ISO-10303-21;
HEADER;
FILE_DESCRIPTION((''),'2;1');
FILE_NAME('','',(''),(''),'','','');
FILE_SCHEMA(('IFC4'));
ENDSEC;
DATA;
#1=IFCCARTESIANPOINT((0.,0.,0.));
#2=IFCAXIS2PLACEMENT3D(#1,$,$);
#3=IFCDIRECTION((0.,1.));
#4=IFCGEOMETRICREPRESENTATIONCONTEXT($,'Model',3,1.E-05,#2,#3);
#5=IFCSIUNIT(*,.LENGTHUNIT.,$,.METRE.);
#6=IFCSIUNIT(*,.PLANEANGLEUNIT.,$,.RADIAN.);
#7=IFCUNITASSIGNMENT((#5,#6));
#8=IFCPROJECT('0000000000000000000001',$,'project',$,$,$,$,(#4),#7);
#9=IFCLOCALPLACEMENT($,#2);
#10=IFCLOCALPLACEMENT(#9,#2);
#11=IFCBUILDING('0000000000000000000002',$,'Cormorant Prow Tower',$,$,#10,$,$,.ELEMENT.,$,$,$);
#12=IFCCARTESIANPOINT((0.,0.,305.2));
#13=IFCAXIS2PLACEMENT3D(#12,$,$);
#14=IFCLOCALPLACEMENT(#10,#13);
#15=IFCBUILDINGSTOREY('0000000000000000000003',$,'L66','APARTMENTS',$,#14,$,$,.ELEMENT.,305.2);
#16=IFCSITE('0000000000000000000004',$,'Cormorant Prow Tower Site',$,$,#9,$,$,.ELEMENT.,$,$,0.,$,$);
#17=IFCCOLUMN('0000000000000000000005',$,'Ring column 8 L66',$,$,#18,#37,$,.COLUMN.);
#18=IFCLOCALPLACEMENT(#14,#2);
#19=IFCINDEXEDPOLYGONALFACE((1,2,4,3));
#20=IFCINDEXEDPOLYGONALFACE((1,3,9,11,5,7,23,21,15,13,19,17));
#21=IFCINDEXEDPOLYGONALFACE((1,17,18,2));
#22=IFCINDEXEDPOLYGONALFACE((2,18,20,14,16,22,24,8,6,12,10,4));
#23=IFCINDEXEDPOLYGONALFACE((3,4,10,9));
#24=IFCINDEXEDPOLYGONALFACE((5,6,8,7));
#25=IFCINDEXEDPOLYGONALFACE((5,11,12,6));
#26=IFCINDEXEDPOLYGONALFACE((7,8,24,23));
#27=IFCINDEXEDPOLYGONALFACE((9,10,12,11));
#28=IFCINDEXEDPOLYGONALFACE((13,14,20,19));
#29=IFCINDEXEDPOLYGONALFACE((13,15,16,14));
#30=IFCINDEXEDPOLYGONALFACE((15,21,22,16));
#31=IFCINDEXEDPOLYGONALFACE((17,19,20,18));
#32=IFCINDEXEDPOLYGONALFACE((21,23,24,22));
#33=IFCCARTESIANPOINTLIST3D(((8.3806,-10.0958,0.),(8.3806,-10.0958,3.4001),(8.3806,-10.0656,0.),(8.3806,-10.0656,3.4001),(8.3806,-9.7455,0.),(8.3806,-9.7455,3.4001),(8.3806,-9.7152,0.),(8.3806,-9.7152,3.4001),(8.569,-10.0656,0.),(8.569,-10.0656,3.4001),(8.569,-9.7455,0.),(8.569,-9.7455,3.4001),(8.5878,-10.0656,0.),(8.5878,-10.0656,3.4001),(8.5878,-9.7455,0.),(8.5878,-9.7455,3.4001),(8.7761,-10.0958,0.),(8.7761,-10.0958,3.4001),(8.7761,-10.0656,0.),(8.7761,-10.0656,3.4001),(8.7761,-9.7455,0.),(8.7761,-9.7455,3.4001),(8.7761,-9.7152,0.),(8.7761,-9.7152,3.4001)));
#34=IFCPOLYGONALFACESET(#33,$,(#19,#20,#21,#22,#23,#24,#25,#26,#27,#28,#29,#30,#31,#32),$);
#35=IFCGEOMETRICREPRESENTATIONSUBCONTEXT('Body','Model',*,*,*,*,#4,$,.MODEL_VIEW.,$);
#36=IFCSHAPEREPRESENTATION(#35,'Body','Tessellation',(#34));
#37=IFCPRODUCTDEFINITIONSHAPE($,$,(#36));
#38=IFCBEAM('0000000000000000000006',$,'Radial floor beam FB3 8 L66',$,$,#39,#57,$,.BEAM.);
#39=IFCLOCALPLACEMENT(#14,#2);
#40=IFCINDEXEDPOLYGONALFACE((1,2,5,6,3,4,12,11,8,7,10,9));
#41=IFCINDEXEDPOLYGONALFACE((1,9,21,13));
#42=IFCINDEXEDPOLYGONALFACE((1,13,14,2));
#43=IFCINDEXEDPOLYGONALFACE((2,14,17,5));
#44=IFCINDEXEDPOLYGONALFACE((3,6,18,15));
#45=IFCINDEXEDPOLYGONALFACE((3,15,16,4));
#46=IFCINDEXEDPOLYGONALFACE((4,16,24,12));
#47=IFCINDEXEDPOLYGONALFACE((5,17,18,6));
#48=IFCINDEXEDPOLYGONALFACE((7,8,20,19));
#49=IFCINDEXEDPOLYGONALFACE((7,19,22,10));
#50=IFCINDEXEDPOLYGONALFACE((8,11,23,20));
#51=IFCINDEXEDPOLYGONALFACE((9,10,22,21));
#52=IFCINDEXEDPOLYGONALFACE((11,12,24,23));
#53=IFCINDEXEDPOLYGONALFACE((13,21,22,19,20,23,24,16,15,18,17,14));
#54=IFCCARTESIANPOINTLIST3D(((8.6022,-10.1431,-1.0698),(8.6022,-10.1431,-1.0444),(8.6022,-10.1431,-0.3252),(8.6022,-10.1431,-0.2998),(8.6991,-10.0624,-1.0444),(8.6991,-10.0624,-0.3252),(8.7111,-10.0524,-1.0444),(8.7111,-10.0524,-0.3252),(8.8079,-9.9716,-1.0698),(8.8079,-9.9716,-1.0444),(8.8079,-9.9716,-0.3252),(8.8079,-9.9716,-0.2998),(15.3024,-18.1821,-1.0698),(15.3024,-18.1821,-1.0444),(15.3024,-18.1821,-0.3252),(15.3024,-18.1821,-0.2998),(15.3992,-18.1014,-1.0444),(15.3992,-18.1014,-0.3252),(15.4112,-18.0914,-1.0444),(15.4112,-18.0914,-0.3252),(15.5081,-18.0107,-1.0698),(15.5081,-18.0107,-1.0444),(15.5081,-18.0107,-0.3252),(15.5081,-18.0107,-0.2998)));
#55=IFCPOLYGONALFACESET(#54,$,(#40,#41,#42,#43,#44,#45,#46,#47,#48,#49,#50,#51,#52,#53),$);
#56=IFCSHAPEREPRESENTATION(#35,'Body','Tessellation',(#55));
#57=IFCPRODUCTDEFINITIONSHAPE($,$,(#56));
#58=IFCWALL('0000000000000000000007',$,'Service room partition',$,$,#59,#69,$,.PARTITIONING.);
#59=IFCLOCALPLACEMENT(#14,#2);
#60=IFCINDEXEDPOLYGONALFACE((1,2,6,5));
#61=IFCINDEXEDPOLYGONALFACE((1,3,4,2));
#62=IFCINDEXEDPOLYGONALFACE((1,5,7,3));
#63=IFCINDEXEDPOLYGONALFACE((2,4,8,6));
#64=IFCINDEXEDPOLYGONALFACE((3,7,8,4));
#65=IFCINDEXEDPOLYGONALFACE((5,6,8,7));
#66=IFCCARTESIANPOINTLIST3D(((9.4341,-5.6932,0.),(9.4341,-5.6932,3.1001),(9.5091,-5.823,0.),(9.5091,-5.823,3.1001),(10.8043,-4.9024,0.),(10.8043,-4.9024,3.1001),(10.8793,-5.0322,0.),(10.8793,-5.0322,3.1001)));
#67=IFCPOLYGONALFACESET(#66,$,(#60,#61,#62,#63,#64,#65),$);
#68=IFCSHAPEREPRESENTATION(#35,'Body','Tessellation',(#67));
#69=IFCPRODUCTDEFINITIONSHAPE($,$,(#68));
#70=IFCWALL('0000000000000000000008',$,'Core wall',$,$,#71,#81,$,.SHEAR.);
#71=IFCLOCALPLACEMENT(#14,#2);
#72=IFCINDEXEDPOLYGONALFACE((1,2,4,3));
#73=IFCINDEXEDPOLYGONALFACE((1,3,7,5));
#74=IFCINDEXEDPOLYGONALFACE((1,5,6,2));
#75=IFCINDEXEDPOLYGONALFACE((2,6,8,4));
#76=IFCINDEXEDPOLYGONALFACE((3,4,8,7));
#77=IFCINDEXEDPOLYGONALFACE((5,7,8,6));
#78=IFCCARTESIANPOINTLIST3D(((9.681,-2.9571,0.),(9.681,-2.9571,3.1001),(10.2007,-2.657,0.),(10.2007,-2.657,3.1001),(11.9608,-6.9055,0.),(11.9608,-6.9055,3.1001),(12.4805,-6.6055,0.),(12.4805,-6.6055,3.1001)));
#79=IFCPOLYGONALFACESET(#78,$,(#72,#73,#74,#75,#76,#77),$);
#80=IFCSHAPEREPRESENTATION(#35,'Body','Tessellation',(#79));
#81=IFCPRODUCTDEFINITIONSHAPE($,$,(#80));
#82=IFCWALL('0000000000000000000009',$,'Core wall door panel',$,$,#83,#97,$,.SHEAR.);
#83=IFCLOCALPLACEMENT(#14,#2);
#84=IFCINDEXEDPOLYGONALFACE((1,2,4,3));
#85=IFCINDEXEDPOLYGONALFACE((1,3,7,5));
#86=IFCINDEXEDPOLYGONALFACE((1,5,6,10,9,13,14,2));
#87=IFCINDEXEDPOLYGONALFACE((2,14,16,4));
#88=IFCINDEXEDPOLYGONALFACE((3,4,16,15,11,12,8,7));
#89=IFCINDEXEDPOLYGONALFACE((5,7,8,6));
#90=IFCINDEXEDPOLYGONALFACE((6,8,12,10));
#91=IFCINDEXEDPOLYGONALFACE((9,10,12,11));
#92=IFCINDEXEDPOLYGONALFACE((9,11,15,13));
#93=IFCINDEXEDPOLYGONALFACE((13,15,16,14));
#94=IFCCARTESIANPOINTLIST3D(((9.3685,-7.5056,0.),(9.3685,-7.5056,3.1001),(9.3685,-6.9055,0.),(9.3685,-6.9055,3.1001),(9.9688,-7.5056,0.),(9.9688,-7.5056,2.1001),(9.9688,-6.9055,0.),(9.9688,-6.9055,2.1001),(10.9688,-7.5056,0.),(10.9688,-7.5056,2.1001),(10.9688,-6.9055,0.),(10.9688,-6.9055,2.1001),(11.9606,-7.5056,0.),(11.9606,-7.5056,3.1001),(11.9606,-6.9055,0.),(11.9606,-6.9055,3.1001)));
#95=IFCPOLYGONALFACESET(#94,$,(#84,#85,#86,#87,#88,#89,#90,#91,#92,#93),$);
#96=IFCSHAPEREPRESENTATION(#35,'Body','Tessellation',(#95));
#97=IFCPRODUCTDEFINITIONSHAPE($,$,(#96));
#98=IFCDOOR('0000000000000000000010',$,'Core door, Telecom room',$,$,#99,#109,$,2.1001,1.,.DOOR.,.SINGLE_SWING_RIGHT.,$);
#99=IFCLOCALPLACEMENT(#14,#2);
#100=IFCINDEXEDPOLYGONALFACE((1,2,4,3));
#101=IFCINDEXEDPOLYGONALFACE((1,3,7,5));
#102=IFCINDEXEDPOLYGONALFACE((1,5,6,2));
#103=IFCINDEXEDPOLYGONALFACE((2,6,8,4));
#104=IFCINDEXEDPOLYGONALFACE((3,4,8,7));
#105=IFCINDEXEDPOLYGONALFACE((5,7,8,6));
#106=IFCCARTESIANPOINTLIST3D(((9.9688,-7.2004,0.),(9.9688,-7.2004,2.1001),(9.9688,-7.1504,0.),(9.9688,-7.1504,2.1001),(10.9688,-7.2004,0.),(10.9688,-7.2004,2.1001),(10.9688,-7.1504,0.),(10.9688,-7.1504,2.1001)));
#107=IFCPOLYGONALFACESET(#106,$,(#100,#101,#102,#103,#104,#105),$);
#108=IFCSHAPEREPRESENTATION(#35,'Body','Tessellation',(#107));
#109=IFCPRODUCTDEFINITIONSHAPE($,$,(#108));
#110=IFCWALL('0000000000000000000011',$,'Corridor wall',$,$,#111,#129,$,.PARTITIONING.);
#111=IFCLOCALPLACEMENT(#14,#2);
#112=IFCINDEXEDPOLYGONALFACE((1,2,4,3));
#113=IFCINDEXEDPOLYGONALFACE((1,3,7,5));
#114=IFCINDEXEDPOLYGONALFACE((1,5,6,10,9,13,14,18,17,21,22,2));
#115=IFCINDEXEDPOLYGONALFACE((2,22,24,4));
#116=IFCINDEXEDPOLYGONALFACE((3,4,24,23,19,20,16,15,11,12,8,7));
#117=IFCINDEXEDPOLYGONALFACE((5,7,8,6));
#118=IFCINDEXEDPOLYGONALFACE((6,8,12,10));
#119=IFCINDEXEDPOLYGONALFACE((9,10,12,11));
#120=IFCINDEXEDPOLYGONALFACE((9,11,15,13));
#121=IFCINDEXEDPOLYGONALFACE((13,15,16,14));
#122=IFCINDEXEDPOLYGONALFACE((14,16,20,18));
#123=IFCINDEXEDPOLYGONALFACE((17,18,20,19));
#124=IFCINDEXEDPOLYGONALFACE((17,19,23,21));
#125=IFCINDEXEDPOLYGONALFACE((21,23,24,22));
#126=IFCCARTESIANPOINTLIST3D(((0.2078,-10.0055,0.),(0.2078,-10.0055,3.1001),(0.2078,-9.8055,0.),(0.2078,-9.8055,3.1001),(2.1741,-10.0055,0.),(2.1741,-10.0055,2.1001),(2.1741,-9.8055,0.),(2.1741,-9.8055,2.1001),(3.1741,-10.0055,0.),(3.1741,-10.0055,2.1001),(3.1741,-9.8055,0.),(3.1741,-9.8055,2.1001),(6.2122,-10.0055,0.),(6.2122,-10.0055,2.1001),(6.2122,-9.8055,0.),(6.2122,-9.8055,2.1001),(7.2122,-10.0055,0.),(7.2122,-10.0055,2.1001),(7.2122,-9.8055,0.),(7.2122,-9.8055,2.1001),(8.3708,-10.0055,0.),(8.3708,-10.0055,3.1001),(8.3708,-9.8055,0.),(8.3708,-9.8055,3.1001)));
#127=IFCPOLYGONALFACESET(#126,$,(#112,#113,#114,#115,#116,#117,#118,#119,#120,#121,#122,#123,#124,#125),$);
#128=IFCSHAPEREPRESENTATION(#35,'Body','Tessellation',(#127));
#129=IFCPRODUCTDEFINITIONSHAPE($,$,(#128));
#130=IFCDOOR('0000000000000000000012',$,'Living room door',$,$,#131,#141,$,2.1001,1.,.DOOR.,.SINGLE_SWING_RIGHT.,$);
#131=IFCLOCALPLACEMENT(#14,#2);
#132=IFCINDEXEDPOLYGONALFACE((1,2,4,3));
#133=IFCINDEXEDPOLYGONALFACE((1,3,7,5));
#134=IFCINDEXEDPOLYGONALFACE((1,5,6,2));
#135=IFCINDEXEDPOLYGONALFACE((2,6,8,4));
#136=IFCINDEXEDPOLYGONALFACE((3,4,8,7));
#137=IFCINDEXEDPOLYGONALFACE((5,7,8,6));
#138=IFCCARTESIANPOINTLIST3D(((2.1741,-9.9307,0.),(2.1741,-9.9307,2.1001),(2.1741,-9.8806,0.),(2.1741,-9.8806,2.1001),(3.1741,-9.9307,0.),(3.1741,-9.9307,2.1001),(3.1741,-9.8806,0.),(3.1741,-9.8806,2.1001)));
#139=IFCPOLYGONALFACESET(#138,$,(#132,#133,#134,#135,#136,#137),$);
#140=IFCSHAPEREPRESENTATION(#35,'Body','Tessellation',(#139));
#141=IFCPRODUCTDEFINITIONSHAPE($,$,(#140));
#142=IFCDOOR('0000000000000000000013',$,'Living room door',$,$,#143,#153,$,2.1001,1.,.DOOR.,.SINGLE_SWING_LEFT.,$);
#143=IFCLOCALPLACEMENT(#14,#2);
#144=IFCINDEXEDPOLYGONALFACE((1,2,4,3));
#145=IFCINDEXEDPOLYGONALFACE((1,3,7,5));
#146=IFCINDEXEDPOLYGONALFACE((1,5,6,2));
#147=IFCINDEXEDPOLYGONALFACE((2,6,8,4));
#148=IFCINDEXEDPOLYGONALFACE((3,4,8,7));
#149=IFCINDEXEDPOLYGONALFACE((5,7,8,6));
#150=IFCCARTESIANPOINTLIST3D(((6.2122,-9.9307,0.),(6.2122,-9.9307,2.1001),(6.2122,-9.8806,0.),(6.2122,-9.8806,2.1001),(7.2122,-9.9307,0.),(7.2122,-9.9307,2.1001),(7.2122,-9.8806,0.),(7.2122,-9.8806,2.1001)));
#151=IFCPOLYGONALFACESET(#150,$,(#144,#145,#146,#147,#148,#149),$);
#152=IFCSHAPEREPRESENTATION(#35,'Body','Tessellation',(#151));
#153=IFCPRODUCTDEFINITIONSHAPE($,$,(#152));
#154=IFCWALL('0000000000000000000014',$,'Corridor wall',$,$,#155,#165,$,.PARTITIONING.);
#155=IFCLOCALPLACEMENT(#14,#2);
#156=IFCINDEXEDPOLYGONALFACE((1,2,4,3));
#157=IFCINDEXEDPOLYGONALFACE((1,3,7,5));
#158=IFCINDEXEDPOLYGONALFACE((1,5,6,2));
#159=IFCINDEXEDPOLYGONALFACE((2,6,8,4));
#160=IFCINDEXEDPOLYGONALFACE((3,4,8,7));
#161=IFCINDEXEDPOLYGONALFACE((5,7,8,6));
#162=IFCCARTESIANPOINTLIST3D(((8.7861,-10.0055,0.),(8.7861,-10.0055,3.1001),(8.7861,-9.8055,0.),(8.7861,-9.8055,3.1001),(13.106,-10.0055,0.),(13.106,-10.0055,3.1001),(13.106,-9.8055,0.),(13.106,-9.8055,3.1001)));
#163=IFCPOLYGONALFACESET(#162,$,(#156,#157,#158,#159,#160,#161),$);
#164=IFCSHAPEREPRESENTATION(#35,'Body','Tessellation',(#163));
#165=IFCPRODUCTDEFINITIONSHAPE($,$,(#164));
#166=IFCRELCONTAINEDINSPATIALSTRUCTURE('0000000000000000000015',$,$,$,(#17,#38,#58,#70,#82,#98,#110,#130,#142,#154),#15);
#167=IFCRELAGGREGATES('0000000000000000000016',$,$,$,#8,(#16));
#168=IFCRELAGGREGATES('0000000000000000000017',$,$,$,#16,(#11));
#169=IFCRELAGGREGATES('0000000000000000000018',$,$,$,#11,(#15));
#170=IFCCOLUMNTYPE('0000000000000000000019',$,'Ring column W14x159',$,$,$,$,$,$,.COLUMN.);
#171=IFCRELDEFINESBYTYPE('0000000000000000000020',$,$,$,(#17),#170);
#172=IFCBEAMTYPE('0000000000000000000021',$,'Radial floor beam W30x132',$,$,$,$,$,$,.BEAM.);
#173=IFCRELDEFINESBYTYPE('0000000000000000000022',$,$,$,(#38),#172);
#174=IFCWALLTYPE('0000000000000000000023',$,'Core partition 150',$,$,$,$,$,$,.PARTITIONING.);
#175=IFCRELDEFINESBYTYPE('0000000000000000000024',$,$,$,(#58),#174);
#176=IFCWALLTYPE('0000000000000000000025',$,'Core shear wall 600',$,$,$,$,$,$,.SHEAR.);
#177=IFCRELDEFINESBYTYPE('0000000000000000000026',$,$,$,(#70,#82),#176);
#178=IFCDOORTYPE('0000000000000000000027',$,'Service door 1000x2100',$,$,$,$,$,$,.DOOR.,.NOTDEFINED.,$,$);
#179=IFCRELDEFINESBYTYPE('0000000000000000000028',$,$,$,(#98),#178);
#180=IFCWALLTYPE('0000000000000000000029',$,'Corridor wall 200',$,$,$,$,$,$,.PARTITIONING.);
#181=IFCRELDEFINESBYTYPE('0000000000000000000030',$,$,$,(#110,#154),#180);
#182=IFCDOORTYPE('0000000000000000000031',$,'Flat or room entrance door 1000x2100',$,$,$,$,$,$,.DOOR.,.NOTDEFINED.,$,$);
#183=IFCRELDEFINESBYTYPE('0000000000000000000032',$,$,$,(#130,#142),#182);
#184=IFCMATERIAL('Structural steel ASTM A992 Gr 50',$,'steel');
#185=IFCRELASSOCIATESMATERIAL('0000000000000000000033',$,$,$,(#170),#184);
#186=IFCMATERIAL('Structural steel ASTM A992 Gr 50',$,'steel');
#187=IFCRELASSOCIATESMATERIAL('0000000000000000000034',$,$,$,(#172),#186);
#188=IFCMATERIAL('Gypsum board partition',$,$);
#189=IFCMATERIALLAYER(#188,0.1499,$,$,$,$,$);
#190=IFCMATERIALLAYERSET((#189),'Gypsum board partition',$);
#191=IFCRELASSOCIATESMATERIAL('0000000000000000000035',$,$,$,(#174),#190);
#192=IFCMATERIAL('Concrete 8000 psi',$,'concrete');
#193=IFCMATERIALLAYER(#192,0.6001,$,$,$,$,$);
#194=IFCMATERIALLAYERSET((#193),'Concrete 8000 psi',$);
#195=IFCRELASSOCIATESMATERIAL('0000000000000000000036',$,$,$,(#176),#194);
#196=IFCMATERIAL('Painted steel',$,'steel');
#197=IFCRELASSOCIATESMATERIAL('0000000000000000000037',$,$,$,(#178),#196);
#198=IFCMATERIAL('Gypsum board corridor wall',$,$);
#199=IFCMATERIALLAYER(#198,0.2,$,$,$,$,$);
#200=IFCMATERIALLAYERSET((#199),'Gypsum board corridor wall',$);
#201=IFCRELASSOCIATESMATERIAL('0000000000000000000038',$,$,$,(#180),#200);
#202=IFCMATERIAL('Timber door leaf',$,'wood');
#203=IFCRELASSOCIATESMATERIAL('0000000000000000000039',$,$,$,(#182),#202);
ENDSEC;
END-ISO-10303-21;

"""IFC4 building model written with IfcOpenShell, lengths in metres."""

from ifc_helpers import new_model, si_unit, direction, frame, frame_2d, origin, origin_2d, place, context, subcontext, project, spatial, rectangle, i_section, extrude, material, layer, layer_set, material_profile, profile_set, type_object, element, fill, save


model = new_model("IFC4")

# Units and contexts
model_context = context("Model", 3, precision=1e-05, world=origin(), true_north=direction((0.0, 1.0)))
body_context = subcontext(model_context, "Body", "Model", "MODEL_VIEW")
ifc_project = project(units=[si_unit("LENGTHUNIT", "METRE"), si_unit("PLANEANGLEUNIT", "RADIAN")], contexts=[model_context])

# Site, building, storey
site_placement = place(None, origin())
site = spatial("IfcSite", under=ifc_project, at=site_placement, Name="Cormorant Prow Tower Site", CompositionType="ELEMENT", RefElevation=0.0)
building_placement = place(site_placement, origin())
building = spatial("IfcBuilding", under=site, at=building_placement, Name="Cormorant Prow Tower", CompositionType="ELEMENT")
storey_placement = place(building_placement, frame((0.0, 0.0, 305.2)))
storey = spatial("IfcBuildingStorey", under=building, at=storey_placement, Name="L66", Description="APARTMENTS", CompositionType="ELEMENT", Elevation=305.2)

# Column
ifc_material_1 = material(Name="Structural steel ASTM A992 Gr 50", Category="steel")
ifc_material_profile_1 = material_profile(ifc_material_1, i_section(OverallWidth=0.3955, OverallDepth=0.3806, WebThickness=0.0188, FlangeThickness=0.0303, at=origin_2d()), Name="W14x159")
ifc_profile_set_1 = profile_set([ifc_material_profile_1], Name="Structural steel ASTM A992 Gr 50")
column_type = type_object("IfcColumnType", Name="Ring column W14x159", PredefinedType="COLUMN", material=ifc_profile_set_1)
column_placement = place(storey_placement, frame((8.5784, -9.9055, 0.0), z_axis=(0.0, 0.0, 1.0), x_axis=(1.0, 0.0, 0.0)))
element("IfcColumn", 1, at=column_placement, inside=storey, type_object=column_type, Name="Ring column 8 L66", PredefinedType="COLUMN", context=body_context, shape_type="SweptSolid", body=[
    extrude(i_section(OverallWidth=0.3955, OverallDepth=0.3806, WebThickness=0.0188, FlangeThickness=0.0303, at=origin_2d()), origin(), (0.0, 0.0, 1.0), 3.4001),
])

# Beam
ifc_material_2 = material(Name="Structural steel ASTM A992 Gr 50", Category="steel")
ifc_material_profile_2 = material_profile(ifc_material_2, i_section(OverallWidth=0.2678, OverallDepth=0.77, WebThickness=0.0156, FlangeThickness=0.0254, at=origin_2d()), Name="W30x132")
ifc_profile_set_2 = profile_set([ifc_material_profile_2], Name="Structural steel ASTM A992 Gr 50")
beam_type = type_object("IfcBeamType", Name="Radial floor beam W30x132", PredefinedType="BEAM", material=ifc_profile_set_2)
beam_placement = place(storey_placement, frame((8.7051, -10.0574, -0.6848), z_axis=(0.640239, -0.768175, 0.0), x_axis=(0.768175, 0.640239, 0.0)))
element("IfcBeam", 2, at=beam_placement, inside=storey, type_object=beam_type, Name="Radial floor beam FB3 8 L66", PredefinedType="BEAM", context=body_context, shape_type="SweptSolid", body=[
    extrude(i_section(OverallWidth=0.2678, OverallDepth=0.77, WebThickness=0.0156, FlangeThickness=0.0254, at=origin_2d()), origin(), (0.0, 0.0, 1.0), 10.4651),
])

# Walls
ifc_material_3 = material(Name="Gypsum board partition")
ifc_layer_1 = layer(ifc_material_3, 0.1499)
ifc_layer_set_1 = layer_set([ifc_layer_1], Name="Gypsum board partition")
wall_type_1 = type_object("IfcWallType", Name="Core partition 150", PredefinedType="PARTITIONING", material=ifc_layer_set_1)
wall_1_placement = place(storey_placement, frame((10.8418, -4.9673, 0.0), z_axis=(0.0, 0.0, 1.0), x_axis=(-0.866098, -0.499874, 0.0)))
element("IfcWall", 3, at=wall_1_placement, inside=storey, type_object=wall_type_1, Name="Service room partition", PredefinedType="PARTITIONING", context=body_context, shape_type="SweptSolid", body=[
    extrude(rectangle(XDim=1.582, YDim=0.1499, at=frame_2d((0.791, 0.0))), origin(), (0.0, 0.0, 1.0), 3.1001),
])
ifc_material_4 = material(Name="Concrete 8000 psi", Category="concrete")
ifc_layer_2 = layer(ifc_material_4, 0.6001)
ifc_layer_set_2 = layer_set([ifc_layer_2], Name="Concrete 8000 psi")
wall_type_2 = type_object("IfcWallType", Name="Core shear wall 600", PredefinedType="SHEAR", material=ifc_layer_set_2)
wall_2_placement = place(storey_placement, frame((12.2207, -6.7556, 0.0), z_axis=(0.0, 0.0, 1.0), x_axis=(-0.500021, 0.866013, 0.0)))
element("IfcWall", 4, at=wall_2_placement, inside=storey, type_object=wall_type_2, Name="Core wall", PredefinedType="SHEAR", context=body_context, shape_type="SweptSolid", body=[
    extrude(rectangle(XDim=4.5593, YDim=0.6001, at=frame_2d((2.2798, 0.0))), origin(), (0.0, 0.0, 1.0), 3.1001),
])

# Wall, opening, door
wall_3_placement = place(storey_placement, frame((9.3687, -7.2056, 0.0), z_axis=(0.0, 0.0, 1.0), x_axis=(1.0, 0.0, 0.0)))
wall_3 = element("IfcWall", 5, at=wall_3_placement, inside=storey, type_object=wall_type_2, Name="Core wall door panel", PredefinedType="SHEAR", context=body_context, shape_type="SweptSolid", body=[
    extrude(rectangle(XDim=2.592, YDim=0.6001, at=frame_2d((1.2959, 0.0))), origin(), (0.0, 0.0, 1.0), 3.1001),
])
opening_1_placement = place(wall_3_placement, frame((0.6001, 0.0, 0.0)))
opening_1 = element("IfcOpeningElement", 6, at=opening_1_placement, cuts=wall_3, PredefinedType="OPENING", context=body_context, shape_type="SweptSolid", body=[
    extrude(rectangle(XDim=1.0, YDim=2.1001, at=frame_2d((0.5, 1.05))), frame((0.0, 0.3101, 0.0), z_axis=(0.0, -1.0, 0.0), x_axis=(1.0, 0.0, 0.0)), (0.0, 0.0, 1.0), 0.6201),
])
ifc_material_5 = material(Name="Painted steel", Category="steel")
door_type_1 = type_object("IfcDoorType", Name="Service door 1000x2100", OperationType="NOTDEFINED", PredefinedType="DOOR", material=ifc_material_5)
door_1_placement = place(opening_1_placement, origin())
door_1 = element("IfcDoor", 7, at=door_1_placement, inside=storey, type_object=door_type_1, Name="Core door, Telecom room", OperationType="SINGLE_SWING_RIGHT", OverallHeight=2.1001, OverallWidth=1.0, PredefinedType="DOOR", context=body_context, shape_type="SweptSolid", body=[
    extrude(rectangle(XDim=1.0, YDim=2.1001, at=frame_2d((0.5, 1.05))), frame((0.0, 0.0552, 0.0), z_axis=(0.0, -1.0, 0.0), x_axis=(1.0, 0.0, 0.0)), (0.0, 0.0, 1.0), 0.05),
])
fill(opening_1, door_1)

# Wall, openings, doors
ifc_material_6 = material(Name="Gypsum board corridor wall")
ifc_layer_3 = layer(ifc_material_6, 0.2)
ifc_layer_set_3 = layer_set([ifc_layer_3], Name="Gypsum board corridor wall")
wall_type_3 = type_object("IfcWallType", Name="Corridor wall 200", PredefinedType="PARTITIONING", material=ifc_layer_set_3)
wall_4_placement = place(storey_placement, frame((0.2078, -9.9055, 0.0), z_axis=(0.0, 0.0, 1.0), x_axis=(1.0, 0.0, 0.0)))
wall_4 = element("IfcWall", 8, at=wall_4_placement, inside=storey, type_object=wall_type_3, Name="Corridor wall", PredefinedType="PARTITIONING", context=body_context, shape_type="SweptSolid", body=[
    extrude(rectangle(XDim=8.1631, YDim=0.2, at=frame_2d((4.0815, 0.0))), origin(), (0.0, 0.0, 1.0), 3.1001),
])
opening_2_placement = place(wall_4_placement, frame((1.9663, 0.0, 0.0)))
opening_2 = element("IfcOpeningElement", 9, at=opening_2_placement, cuts=wall_4, PredefinedType="OPENING", context=body_context, shape_type="SweptSolid", body=[
    extrude(rectangle(XDim=1.0, YDim=2.1001, at=frame_2d((0.5, 1.05))), frame((0.0, 0.1099, 0.0), z_axis=(0.0, -1.0, 0.0), x_axis=(1.0, 0.0, 0.0)), (0.0, 0.0, 1.0), 0.22),
])
opening_3_placement = place(wall_4_placement, frame((6.0044, 0.0, 0.0)))
opening_3 = element("IfcOpeningElement", 10, at=opening_3_placement, cuts=wall_4, PredefinedType="OPENING", context=body_context, shape_type="SweptSolid", body=[
    extrude(rectangle(XDim=1.0, YDim=2.1001, at=frame_2d((0.5, 1.05))), frame((0.0, 0.1099, 0.0), z_axis=(0.0, -1.0, 0.0), x_axis=(1.0, 0.0, 0.0)), (0.0, 0.0, 1.0), 0.22),
])
ifc_material_7 = material(Name="Timber door leaf", Category="wood")
door_type_2 = type_object("IfcDoorType", Name="Flat or room entrance door 1000x2100", OperationType="NOTDEFINED", PredefinedType="DOOR", material=ifc_material_7)
door_2_placement = place(opening_2_placement, origin())
door_2 = element("IfcDoor", 11, at=door_2_placement, inside=storey, type_object=door_type_2, Name="Living room door", OperationType="SINGLE_SWING_RIGHT", OverallHeight=2.1001, OverallWidth=1.0, PredefinedType="DOOR", context=body_context, shape_type="SweptSolid", body=[
    extrude(rectangle(XDim=1.0, YDim=2.1001, at=frame_2d((0.5, 1.05))), frame((0.0, 0.0249, 0.0), z_axis=(0.0, -1.0, 0.0), x_axis=(1.0, 0.0, 0.0)), (0.0, 0.0, 1.0), 0.05),
])
fill(opening_2, door_2)
door_3_placement = place(opening_3_placement, origin())
door_3 = element("IfcDoor", 12, at=door_3_placement, inside=storey, type_object=door_type_2, Name="Living room door", OperationType="SINGLE_SWING_LEFT", OverallHeight=2.1001, OverallWidth=1.0, PredefinedType="DOOR", context=body_context, shape_type="SweptSolid", body=[
    extrude(rectangle(XDim=1.0, YDim=2.1001, at=frame_2d((0.5, 1.05))), frame((0.0, 0.0249, 0.0), z_axis=(0.0, -1.0, 0.0), x_axis=(1.0, 0.0, 0.0)), (0.0, 0.0, 1.0), 0.05),
])
fill(opening_3, door_3)

# Wall
wall_5_placement = place(storey_placement, frame((8.7861, -9.9055, 0.0), z_axis=(0.0, 0.0, 1.0), x_axis=(1.0, 0.0, 0.0)))
element("IfcWall", 13, at=wall_5_placement, inside=storey, type_object=wall_type_3, Name="Corridor wall", PredefinedType="PARTITIONING", context=body_context, shape_type="SweptSolid", body=[
    extrude(rectangle(XDim=4.3198, YDim=0.2, at=frame_2d((2.1599, 0.0))), origin(), (0.0, 0.0, 1.0), 3.1001),
])

save(model, "model.ifc")
